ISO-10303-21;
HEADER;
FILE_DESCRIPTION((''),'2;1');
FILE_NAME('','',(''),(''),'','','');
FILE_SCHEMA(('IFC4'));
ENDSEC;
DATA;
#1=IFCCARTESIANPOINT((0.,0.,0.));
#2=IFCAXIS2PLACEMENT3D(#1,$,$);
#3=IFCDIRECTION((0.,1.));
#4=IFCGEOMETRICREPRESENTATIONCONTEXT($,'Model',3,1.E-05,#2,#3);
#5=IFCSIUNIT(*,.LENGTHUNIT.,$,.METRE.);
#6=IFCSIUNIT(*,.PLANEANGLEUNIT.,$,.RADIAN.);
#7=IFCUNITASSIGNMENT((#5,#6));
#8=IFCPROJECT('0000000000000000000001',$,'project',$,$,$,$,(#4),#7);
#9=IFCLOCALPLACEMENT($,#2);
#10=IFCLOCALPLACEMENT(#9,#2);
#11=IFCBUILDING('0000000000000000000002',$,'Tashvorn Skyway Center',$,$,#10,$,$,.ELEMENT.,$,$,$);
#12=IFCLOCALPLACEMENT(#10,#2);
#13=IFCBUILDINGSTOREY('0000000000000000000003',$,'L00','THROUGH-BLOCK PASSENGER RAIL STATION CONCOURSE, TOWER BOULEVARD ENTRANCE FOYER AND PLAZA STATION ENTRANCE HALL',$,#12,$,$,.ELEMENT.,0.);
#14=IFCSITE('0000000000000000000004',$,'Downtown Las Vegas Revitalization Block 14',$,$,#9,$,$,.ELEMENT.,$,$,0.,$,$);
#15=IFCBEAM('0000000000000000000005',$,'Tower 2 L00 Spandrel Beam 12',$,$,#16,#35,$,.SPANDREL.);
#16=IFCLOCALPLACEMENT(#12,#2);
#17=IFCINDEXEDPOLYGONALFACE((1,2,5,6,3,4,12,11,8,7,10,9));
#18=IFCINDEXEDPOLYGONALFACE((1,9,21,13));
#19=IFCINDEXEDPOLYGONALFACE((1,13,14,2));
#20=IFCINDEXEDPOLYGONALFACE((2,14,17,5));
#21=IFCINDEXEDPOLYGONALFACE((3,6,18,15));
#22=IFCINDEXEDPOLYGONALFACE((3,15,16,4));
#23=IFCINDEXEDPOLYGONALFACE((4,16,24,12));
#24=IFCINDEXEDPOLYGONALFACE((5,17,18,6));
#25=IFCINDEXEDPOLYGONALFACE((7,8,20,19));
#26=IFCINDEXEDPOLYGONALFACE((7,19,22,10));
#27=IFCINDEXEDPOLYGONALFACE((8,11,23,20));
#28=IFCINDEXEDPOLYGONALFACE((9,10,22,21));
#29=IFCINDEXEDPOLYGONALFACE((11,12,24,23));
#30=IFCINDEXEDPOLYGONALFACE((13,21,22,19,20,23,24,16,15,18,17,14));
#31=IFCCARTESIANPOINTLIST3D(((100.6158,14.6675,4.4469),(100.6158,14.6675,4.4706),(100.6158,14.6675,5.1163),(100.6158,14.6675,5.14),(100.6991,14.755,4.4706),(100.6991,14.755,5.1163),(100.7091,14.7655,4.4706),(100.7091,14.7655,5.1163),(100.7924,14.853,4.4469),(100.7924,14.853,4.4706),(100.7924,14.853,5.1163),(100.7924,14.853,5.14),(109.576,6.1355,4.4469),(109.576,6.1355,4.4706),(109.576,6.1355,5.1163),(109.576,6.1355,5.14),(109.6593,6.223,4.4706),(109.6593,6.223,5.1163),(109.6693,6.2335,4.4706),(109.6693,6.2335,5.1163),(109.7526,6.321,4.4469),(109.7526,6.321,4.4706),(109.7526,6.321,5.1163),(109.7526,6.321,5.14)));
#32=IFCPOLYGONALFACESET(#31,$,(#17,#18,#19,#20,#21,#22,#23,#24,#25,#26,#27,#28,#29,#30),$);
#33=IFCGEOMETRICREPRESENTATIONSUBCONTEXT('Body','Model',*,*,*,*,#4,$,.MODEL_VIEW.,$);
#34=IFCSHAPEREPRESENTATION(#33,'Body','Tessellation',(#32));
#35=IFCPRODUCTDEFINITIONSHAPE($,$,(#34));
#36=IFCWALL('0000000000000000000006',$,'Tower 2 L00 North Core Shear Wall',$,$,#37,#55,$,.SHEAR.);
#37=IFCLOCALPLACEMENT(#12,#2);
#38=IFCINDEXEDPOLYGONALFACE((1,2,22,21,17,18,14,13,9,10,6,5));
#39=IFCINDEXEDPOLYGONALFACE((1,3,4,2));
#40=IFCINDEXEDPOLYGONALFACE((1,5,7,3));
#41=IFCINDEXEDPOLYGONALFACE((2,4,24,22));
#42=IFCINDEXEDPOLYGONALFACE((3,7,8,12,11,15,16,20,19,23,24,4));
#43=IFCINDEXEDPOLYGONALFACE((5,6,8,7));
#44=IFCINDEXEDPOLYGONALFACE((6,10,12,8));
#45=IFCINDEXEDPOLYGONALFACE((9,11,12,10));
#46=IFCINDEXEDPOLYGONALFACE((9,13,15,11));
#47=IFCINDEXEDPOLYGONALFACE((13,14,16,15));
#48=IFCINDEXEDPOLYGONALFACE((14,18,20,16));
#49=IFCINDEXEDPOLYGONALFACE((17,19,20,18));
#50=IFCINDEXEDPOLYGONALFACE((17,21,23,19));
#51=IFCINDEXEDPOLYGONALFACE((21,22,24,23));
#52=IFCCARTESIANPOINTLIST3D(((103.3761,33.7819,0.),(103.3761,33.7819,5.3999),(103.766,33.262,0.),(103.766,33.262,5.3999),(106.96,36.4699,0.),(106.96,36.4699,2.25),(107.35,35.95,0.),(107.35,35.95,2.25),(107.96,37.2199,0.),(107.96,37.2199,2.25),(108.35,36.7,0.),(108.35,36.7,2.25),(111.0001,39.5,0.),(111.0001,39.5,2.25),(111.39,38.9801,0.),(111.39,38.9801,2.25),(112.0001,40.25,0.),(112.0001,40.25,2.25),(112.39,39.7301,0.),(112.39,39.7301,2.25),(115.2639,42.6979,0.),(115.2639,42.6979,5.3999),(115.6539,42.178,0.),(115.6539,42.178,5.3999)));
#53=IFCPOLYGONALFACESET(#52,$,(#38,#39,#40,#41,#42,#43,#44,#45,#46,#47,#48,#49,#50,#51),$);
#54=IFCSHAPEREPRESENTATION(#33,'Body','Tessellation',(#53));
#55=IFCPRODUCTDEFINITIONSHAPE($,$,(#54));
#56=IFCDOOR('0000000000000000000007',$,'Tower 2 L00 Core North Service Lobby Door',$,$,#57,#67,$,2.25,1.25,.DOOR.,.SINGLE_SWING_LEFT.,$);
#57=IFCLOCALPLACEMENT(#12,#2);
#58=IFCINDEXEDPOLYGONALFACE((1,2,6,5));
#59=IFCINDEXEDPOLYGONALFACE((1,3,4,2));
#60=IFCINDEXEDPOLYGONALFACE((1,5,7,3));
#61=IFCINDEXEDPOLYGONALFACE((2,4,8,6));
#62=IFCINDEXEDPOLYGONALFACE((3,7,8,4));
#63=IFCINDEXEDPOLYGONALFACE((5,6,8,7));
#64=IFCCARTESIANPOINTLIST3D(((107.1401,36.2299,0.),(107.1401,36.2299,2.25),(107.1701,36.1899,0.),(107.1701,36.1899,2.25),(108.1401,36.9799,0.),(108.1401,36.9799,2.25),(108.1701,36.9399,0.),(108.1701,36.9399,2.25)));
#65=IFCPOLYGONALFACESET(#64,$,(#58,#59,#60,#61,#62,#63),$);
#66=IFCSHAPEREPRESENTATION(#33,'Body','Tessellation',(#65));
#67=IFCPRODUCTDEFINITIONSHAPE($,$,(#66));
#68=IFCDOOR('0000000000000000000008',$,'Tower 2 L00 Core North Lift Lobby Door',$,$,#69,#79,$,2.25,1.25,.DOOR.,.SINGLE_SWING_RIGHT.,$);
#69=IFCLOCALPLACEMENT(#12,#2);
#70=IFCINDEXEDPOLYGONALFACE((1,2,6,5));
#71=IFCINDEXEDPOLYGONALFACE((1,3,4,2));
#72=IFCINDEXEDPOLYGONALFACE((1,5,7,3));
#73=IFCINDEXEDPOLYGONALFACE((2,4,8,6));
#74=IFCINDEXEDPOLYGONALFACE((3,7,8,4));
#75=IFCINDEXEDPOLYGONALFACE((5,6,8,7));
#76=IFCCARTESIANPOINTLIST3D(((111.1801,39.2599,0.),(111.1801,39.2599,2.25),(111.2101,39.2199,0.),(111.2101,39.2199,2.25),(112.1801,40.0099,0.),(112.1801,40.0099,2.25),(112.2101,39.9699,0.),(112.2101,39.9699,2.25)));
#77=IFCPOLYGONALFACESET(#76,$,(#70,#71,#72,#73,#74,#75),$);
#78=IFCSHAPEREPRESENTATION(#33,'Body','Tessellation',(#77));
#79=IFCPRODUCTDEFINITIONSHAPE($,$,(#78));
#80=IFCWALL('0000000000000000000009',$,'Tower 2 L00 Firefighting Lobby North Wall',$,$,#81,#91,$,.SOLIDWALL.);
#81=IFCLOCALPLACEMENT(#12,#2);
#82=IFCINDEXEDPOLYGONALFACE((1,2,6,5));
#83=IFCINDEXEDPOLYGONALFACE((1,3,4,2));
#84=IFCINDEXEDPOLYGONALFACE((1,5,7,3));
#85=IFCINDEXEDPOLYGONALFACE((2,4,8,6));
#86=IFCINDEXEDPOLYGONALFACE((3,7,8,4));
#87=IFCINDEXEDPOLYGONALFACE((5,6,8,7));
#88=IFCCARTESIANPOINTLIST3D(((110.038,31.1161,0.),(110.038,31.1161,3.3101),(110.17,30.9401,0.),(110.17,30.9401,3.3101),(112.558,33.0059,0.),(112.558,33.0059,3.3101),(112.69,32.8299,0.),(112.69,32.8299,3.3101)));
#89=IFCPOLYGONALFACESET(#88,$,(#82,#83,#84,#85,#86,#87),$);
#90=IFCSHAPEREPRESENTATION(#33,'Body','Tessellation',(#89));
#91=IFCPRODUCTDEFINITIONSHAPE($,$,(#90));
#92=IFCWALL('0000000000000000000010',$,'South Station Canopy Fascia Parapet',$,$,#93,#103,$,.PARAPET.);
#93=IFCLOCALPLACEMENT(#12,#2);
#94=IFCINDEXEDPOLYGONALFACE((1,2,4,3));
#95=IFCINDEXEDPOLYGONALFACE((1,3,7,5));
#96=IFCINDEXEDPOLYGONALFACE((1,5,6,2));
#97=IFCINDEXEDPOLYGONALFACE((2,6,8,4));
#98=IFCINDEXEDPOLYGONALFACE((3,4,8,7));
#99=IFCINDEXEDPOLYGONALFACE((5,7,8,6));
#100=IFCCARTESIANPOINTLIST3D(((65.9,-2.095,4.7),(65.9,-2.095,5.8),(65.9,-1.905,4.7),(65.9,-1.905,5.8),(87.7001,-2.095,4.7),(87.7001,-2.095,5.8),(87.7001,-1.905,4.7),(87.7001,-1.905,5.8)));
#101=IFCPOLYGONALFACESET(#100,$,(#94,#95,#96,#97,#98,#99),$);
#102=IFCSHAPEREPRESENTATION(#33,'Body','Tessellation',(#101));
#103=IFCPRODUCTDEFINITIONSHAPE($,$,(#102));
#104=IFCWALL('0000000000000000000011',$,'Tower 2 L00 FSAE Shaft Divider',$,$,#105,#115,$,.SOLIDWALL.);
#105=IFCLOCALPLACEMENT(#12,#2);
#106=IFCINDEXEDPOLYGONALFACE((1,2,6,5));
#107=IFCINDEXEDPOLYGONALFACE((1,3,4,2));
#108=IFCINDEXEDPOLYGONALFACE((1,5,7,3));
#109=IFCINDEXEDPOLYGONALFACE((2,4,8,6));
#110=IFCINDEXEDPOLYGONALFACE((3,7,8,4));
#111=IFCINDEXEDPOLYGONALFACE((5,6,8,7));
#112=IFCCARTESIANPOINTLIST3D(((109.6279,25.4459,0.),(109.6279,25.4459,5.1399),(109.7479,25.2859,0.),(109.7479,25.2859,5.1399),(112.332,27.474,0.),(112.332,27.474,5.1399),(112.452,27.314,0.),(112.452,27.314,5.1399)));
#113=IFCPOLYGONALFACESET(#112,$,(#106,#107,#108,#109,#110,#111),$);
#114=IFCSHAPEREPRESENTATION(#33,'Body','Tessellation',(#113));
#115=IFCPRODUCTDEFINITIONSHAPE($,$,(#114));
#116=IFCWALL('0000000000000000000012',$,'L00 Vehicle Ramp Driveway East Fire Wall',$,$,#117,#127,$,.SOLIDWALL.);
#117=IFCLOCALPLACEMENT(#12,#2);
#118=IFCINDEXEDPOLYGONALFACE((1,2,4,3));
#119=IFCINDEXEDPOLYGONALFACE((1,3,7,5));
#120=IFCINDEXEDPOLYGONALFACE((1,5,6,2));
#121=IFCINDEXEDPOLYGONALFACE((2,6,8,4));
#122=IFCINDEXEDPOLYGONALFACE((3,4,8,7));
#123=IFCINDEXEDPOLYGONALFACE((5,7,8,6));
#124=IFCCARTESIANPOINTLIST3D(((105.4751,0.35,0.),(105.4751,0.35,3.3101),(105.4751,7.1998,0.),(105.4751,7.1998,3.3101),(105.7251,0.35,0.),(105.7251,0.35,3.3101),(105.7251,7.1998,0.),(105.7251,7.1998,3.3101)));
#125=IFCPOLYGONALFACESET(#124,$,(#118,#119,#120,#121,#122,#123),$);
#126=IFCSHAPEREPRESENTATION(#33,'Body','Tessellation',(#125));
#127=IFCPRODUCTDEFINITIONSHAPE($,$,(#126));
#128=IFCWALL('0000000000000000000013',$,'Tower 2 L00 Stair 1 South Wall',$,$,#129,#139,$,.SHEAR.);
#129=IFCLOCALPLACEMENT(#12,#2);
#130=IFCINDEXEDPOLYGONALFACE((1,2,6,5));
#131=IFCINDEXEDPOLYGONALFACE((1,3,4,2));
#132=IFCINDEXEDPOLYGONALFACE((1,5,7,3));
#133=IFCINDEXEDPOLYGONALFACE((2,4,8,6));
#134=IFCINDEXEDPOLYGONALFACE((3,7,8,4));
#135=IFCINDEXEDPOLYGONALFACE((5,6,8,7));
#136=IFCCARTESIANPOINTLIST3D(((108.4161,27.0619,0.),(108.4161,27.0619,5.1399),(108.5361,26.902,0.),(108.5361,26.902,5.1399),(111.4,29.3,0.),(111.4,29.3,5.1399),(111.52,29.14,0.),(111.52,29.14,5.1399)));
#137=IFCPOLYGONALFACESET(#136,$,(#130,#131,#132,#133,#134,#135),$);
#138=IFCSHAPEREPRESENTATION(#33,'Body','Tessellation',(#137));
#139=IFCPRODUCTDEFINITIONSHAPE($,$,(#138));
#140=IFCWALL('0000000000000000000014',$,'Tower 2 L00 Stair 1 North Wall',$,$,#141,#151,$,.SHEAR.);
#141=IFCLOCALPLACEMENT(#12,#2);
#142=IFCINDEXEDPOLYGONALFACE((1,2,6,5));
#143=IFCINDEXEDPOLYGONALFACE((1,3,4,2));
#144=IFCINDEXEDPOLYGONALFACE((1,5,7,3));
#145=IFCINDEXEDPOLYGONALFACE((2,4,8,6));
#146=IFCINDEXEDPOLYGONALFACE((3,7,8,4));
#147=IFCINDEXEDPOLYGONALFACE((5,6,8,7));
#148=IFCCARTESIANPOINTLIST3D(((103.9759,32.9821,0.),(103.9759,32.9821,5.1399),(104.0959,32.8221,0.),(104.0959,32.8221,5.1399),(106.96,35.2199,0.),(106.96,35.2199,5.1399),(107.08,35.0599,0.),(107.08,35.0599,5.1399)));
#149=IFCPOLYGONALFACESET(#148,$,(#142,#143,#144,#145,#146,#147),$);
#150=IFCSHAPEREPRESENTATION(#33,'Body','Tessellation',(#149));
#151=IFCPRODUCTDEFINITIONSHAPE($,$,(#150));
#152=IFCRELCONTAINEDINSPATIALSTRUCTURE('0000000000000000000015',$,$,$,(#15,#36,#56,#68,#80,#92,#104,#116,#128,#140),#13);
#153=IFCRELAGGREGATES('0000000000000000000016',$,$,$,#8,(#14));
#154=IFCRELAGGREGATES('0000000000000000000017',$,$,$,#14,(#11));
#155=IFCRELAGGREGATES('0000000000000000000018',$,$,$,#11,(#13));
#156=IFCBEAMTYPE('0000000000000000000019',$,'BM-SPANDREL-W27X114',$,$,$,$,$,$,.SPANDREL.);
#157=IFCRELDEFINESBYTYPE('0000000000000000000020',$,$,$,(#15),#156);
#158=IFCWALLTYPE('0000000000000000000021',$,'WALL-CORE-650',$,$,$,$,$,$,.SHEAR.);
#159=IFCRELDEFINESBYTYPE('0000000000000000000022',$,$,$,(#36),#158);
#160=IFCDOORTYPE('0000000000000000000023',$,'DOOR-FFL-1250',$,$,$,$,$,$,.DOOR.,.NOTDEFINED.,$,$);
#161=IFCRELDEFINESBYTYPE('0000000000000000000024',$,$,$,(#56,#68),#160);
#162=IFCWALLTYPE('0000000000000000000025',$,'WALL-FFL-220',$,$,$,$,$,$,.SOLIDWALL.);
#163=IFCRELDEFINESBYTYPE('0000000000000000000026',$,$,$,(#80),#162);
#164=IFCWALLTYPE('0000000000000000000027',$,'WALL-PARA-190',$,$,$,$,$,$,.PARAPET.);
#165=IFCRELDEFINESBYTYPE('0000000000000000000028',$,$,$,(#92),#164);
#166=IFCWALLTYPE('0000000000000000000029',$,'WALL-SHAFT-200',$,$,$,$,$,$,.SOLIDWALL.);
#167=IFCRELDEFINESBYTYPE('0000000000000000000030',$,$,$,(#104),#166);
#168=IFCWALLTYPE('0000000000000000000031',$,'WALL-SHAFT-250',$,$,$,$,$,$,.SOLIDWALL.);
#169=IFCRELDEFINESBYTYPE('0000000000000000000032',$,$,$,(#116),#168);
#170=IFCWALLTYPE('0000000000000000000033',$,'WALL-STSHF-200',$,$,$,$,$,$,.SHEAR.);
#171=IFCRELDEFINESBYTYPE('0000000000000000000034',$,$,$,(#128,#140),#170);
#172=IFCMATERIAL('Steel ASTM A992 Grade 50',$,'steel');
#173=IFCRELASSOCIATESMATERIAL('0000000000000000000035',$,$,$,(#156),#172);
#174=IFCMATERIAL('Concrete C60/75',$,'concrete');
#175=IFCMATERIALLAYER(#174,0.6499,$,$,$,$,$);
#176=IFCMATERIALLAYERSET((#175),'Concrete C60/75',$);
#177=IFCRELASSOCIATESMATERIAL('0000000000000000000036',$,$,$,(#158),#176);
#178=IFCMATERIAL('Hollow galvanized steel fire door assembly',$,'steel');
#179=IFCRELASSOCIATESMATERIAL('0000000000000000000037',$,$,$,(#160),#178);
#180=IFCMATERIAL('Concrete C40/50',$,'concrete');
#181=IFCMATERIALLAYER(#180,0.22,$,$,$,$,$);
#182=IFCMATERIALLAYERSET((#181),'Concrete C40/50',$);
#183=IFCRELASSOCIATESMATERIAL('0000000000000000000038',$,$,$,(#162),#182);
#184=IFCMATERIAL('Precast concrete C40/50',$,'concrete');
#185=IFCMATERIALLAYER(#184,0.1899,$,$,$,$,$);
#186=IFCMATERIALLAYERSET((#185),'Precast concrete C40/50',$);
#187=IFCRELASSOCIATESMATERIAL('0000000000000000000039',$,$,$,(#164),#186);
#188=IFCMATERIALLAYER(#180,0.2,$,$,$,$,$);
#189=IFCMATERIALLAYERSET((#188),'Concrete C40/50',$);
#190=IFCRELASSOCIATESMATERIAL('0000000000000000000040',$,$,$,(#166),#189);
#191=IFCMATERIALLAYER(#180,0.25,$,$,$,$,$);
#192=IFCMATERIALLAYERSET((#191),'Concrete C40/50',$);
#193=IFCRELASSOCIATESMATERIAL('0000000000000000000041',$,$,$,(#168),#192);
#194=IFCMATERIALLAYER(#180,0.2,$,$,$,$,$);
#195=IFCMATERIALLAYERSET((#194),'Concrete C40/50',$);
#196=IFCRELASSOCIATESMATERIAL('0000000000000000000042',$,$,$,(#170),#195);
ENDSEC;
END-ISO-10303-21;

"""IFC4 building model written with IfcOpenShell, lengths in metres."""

from ifc_helpers import new_model, si_unit, direction, frame, frame_2d, origin, origin_2d, place, context, subcontext, project, spatial, rectangle, i_section, extrude, material, layer, layer_set, material_profile, profile_set, type_object, element, fill, save


model = new_model("IFC4")

# Units and contexts
model_context = context("Model", 3, precision=1e-05, world=origin(), true_north=direction((0.0, 1.0)))
body_context = subcontext(model_context, "Body", "Model", "MODEL_VIEW")
ifc_project = project(units=[si_unit("LENGTHUNIT", "METRE"), si_unit("PLANEANGLEUNIT", "RADIAN")], contexts=[model_context])

# Site, building, storey
site_placement = place(None, origin())
site = spatial("IfcSite", under=ifc_project, at=site_placement, Name="Downtown Las Vegas Revitalization Block 14", CompositionType="ELEMENT", RefElevation=0.0)
building_placement = place(site_placement, origin())
building = spatial("IfcBuilding", under=site, at=building_placement, Name="Tashvorn Skyway Center", CompositionType="ELEMENT")
storey_placement = place(building_placement, origin())
storey = spatial("IfcBuildingStorey", under=building, at=storey_placement, Name="L00", Description="THROUGH-BLOCK PASSENGER RAIL STATION CONCOURSE, TOWER BOULEVARD ENTRANCE FOYER AND PLAZA STATION ENTRANCE HALL", CompositionType="ELEMENT", Elevation=0.0)

# Shared definitions
ifc_material_1 = material(Name="Precast concrete C40/50", Category="concrete")

# Beam
ifc_material_2 = material(Name="Steel ASTM A992 Grade 50", Category="steel")
ifc_material_profile_1 = material_profile(ifc_material_2, i_section(OverallWidth=0.2561, OverallDepth=0.6931, WebThickness=0.0144, FlangeThickness=0.0237, at=origin_2d()), Name="W27X114")
ifc_profile_set_1 = profile_set([ifc_material_profile_1], Name="Steel ASTM A992 Grade 50")
beam_type_1 = type_object("IfcBeamType", Name="BM-SPANDREL-W27X114", PredefinedType="SPANDREL", material=ifc_profile_set_1)
beam_1_placement = place(storey_placement, frame((100.7041, 14.7603, 4.7935), z_axis=(0.7242, -0.68959, 0.0), x_axis=(0.68959, 0.7242, 0.0)))
element("IfcBeam", 1, at=beam_1_placement, inside=storey, type_object=beam_type_1, Name="Tower 2 L00 Spandrel Beam 12", PredefinedType="SPANDREL", context=body_context, shape_type="SweptSolid", body=[
    extrude(i_section(OverallWidth=0.2561, OverallDepth=0.6931, WebThickness=0.0144, FlangeThickness=0.0237, at=origin_2d()), origin(), (0.0, 0.0, 1.0), 12.3726),
])

# Wall, openings, doors
ifc_material_3 = material(Name="Concrete C60/75", Category="concrete")
ifc_layer_1 = layer(ifc_material_3, 0.6499)
ifc_layer_set_1 = layer_set([ifc_layer_1], Name="Concrete C60/75")
wall_type_1 = type_object("IfcWallType", Name="WALL-CORE-650", PredefinedType="SHEAR", material=ifc_layer_set_1)
wall_1_placement = place(storey_placement, frame((103.571, 33.522, 0.0), z_axis=(0.0, 0.0, 1.0), x_axis=(0.799998, 0.600003, 0.0)))
wall_1 = element("IfcWall", 2, at=wall_1_placement, inside=storey, type_object=wall_type_1, Name="Tower 2 L00 North Core Shear Wall", PredefinedType="SHEAR", context=body_context, shape_type="SweptSolid", body=[
    extrude(rectangle(XDim=14.8599, YDim=0.6499, at=frame_2d((7.4299, 0.0))), origin(), (0.0, 0.0, 1.0), 5.3999),
])
opening_1_placement = place(wall_1_placement, frame((4.48, 0.0, 0.0)))
opening_1 = element("IfcOpeningElement", 3, at=opening_1_placement, cuts=wall_1, PredefinedType="OPENING", context=body_context, shape_type="SweptSolid", body=[
    extrude(rectangle(XDim=1.25, YDim=2.25, at=frame_2d((0.625, 1.125))), frame((0.0, 0.335, 0.0), z_axis=(0.0, -1.0, 0.0), x_axis=(1.0, 0.0, 0.0)), (0.0, 0.0, 1.0), 0.6699),
])
opening_2_placement = place(wall_1_placement, frame((9.53, 0.0, 0.0)))
opening_2 = element("IfcOpeningElement", 4, at=opening_2_placement, cuts=wall_1, PredefinedType="OPENING", context=body_context, shape_type="SweptSolid", body=[
    extrude(rectangle(XDim=1.25, YDim=2.25, at=frame_2d((0.625, 1.125))), frame((0.0, 0.335, 0.0), z_axis=(0.0, -1.0, 0.0), x_axis=(1.0, 0.0, 0.0)), (0.0, 0.0, 1.0), 0.6699),
])
ifc_material_4 = material(Name="Hollow galvanized steel fire door assembly", Category="steel")
door_type = type_object("IfcDoorType", Name="DOOR-FFL-1250", OperationType="NOTDEFINED", PredefinedType="DOOR", material=ifc_material_4)
door_1_placement = place(opening_1_placement, origin())
door_1 = element("IfcDoor", 5, at=door_1_placement, inside=storey, type_object=door_type, Name="Tower 2 L00 Core North Service Lobby Door", OperationType="SINGLE_SWING_LEFT", OverallHeight=2.25, OverallWidth=1.25, PredefinedType="DOOR", context=body_context, shape_type="SweptSolid", body=[
    extrude(rectangle(XDim=1.25, YDim=2.25, at=frame_2d((0.625, 1.125))), frame((0.0, 0.0249, 0.0), z_axis=(0.0, -1.0, 0.0), x_axis=(1.0, 0.0, 0.0)), (0.0, 0.0, 1.0), 0.05),
])
fill(opening_1, door_1)
door_2_placement = place(opening_2_placement, origin())
door_2 = element("IfcDoor", 6, at=door_2_placement, inside=storey, type_object=door_type, Name="Tower 2 L00 Core North Lift Lobby Door", OperationType="SINGLE_SWING_RIGHT", OverallHeight=2.25, OverallWidth=1.25, PredefinedType="DOOR", context=body_context, shape_type="SweptSolid", body=[
    extrude(rectangle(XDim=1.25, YDim=2.25, at=frame_2d((0.625, 1.125))), frame((0.0, 0.0249, 0.0), z_axis=(0.0, -1.0, 0.0), x_axis=(1.0, 0.0, 0.0)), (0.0, 0.0, 1.0), 0.05),
])
fill(opening_2, door_2)

# Walls
ifc_material_5 = material(Name="Concrete C40/50", Category="concrete")
ifc_layer_2 = layer(ifc_material_5, 0.22)
ifc_layer_set_2 = layer_set([ifc_layer_2], Name="Concrete C40/50")
wall_type_2 = type_object("IfcWallType", Name="WALL-FFL-220", PredefinedType="SOLIDWALL", material=ifc_layer_set_2)
wall_2_placement = place(storey_placement, frame((110.104, 31.0281, 0.0), z_axis=(0.0, 0.0, 1.0), x_axis=(0.800019, 0.599975, 0.0)))
element("IfcWall", 7, at=wall_2_placement, inside=storey, type_object=wall_type_2, Name="Tower 2 L00 Firefighting Lobby North Wall", PredefinedType="SOLIDWALL", context=body_context, shape_type="SweptSolid", body=[
    extrude(rectangle(XDim=3.1499, YDim=0.22, at=frame_2d((1.575, 0.0))), origin(), (0.0, 0.0, 1.0), 3.3101),
])
ifc_layer_3 = layer(ifc_material_1, 0.1899)
ifc_layer_set_3 = layer_set([ifc_layer_3], Name="Precast concrete C40/50")
wall_type_3 = type_object("IfcWallType", Name="WALL-PARA-190", PredefinedType="PARAPET", material=ifc_layer_set_3)
wall_3_placement = place(storey_placement, frame((87.7, -2.0, 4.7), z_axis=(0.0, 0.0, 1.0), x_axis=(-1.0, 0.0, 0.0)))
element("IfcWall", 8, at=wall_3_placement, inside=storey, type_object=wall_type_3, Name="South Station Canopy Fascia Parapet", PredefinedType="PARAPET", context=body_context, shape_type="SweptSolid", body=[
    extrude(rectangle(XDim=21.8, YDim=0.1899, at=frame_2d((10.8999, 0.0))), origin(), (0.0, 0.0, 1.0), 1.1001),
])
ifc_layer_4 = layer(ifc_material_5, 0.2)
ifc_layer_set_4 = layer_set([ifc_layer_4], Name="Concrete C40/50")
wall_type_4 = type_object("IfcWallType", Name="WALL-SHAFT-200", PredefinedType="SOLIDWALL", material=ifc_layer_set_4)
wall_4_placement = place(storey_placement, frame((109.688, 25.366, 0.0), z_axis=(0.0, 0.0, 1.0), x_axis=(0.8, 0.6, 0.0)))
element("IfcWall", 9, at=wall_4_placement, inside=storey, type_object=wall_type_4, Name="Tower 2 L00 FSAE Shaft Divider", PredefinedType="SOLIDWALL", context=body_context, shape_type="SweptSolid", body=[
    extrude(rectangle(XDim=3.3801, YDim=0.2, at=frame_2d((1.6899, 0.0))), origin(), (0.0, 0.0, 1.0), 5.1399),
])
ifc_layer_5 = layer(ifc_material_5, 0.25)
ifc_layer_set_5 = layer_set([ifc_layer_5], Name="Concrete C40/50")
wall_type_5 = type_object("IfcWallType", Name="WALL-SHAFT-250", PredefinedType="SOLIDWALL", material=ifc_layer_set_5)
wall_5_placement = place(storey_placement, frame((105.6001, 0.3501, 0.0), z_axis=(0.0, 0.0, 1.0), x_axis=(0.0, 1.0, 0.0)))
element("IfcWall", 10, at=wall_5_placement, inside=storey, type_object=wall_type_5, Name="L00 Vehicle Ramp Driveway East Fire Wall", PredefinedType="SOLIDWALL", context=body_context, shape_type="SweptSolid", body=[
    extrude(rectangle(XDim=6.8499, YDim=0.25, at=frame_2d((3.4248, 0.0))), origin(), (0.0, 0.0, 1.0), 3.3101),
])
ifc_layer_6 = layer(ifc_material_5, 0.2)
ifc_layer_set_6 = layer_set([ifc_layer_6], Name="Concrete C40/50")
wall_type_6 = type_object("IfcWallType", Name="WALL-STSHF-200", PredefinedType="SHEAR", material=ifc_layer_set_6)
for number, where, z_axis, x_axis, name in (
    (11, (108.4761, 26.9819, 0.0), (0.0, 0.0, 1.0), (0.799984, 0.600021, 0.0), "Tower 2 L00 Stair 1 South Wall"),
    (12, (104.0359, 32.9021, 0.0), (0.0, 0.0, 1.0), (0.800039, 0.599948, 0.0), "Tower 2 L00 Stair 1 North Wall"),
):
    element("IfcWall", number, at=place(storey_placement, frame(where, z_axis=z_axis, x_axis=x_axis)), inside=storey, type_object=wall_type_6, Name=name, PredefinedType="SHEAR", context=body_context, shape_type="SweptSolid", body=[
        extrude(rectangle(XDim=3.73, YDim=0.2, at=frame_2d((1.865, 0.0))), origin(), (0.0, 0.0, 1.0), 5.1399),
    ])

save(model, "model.ifc")
